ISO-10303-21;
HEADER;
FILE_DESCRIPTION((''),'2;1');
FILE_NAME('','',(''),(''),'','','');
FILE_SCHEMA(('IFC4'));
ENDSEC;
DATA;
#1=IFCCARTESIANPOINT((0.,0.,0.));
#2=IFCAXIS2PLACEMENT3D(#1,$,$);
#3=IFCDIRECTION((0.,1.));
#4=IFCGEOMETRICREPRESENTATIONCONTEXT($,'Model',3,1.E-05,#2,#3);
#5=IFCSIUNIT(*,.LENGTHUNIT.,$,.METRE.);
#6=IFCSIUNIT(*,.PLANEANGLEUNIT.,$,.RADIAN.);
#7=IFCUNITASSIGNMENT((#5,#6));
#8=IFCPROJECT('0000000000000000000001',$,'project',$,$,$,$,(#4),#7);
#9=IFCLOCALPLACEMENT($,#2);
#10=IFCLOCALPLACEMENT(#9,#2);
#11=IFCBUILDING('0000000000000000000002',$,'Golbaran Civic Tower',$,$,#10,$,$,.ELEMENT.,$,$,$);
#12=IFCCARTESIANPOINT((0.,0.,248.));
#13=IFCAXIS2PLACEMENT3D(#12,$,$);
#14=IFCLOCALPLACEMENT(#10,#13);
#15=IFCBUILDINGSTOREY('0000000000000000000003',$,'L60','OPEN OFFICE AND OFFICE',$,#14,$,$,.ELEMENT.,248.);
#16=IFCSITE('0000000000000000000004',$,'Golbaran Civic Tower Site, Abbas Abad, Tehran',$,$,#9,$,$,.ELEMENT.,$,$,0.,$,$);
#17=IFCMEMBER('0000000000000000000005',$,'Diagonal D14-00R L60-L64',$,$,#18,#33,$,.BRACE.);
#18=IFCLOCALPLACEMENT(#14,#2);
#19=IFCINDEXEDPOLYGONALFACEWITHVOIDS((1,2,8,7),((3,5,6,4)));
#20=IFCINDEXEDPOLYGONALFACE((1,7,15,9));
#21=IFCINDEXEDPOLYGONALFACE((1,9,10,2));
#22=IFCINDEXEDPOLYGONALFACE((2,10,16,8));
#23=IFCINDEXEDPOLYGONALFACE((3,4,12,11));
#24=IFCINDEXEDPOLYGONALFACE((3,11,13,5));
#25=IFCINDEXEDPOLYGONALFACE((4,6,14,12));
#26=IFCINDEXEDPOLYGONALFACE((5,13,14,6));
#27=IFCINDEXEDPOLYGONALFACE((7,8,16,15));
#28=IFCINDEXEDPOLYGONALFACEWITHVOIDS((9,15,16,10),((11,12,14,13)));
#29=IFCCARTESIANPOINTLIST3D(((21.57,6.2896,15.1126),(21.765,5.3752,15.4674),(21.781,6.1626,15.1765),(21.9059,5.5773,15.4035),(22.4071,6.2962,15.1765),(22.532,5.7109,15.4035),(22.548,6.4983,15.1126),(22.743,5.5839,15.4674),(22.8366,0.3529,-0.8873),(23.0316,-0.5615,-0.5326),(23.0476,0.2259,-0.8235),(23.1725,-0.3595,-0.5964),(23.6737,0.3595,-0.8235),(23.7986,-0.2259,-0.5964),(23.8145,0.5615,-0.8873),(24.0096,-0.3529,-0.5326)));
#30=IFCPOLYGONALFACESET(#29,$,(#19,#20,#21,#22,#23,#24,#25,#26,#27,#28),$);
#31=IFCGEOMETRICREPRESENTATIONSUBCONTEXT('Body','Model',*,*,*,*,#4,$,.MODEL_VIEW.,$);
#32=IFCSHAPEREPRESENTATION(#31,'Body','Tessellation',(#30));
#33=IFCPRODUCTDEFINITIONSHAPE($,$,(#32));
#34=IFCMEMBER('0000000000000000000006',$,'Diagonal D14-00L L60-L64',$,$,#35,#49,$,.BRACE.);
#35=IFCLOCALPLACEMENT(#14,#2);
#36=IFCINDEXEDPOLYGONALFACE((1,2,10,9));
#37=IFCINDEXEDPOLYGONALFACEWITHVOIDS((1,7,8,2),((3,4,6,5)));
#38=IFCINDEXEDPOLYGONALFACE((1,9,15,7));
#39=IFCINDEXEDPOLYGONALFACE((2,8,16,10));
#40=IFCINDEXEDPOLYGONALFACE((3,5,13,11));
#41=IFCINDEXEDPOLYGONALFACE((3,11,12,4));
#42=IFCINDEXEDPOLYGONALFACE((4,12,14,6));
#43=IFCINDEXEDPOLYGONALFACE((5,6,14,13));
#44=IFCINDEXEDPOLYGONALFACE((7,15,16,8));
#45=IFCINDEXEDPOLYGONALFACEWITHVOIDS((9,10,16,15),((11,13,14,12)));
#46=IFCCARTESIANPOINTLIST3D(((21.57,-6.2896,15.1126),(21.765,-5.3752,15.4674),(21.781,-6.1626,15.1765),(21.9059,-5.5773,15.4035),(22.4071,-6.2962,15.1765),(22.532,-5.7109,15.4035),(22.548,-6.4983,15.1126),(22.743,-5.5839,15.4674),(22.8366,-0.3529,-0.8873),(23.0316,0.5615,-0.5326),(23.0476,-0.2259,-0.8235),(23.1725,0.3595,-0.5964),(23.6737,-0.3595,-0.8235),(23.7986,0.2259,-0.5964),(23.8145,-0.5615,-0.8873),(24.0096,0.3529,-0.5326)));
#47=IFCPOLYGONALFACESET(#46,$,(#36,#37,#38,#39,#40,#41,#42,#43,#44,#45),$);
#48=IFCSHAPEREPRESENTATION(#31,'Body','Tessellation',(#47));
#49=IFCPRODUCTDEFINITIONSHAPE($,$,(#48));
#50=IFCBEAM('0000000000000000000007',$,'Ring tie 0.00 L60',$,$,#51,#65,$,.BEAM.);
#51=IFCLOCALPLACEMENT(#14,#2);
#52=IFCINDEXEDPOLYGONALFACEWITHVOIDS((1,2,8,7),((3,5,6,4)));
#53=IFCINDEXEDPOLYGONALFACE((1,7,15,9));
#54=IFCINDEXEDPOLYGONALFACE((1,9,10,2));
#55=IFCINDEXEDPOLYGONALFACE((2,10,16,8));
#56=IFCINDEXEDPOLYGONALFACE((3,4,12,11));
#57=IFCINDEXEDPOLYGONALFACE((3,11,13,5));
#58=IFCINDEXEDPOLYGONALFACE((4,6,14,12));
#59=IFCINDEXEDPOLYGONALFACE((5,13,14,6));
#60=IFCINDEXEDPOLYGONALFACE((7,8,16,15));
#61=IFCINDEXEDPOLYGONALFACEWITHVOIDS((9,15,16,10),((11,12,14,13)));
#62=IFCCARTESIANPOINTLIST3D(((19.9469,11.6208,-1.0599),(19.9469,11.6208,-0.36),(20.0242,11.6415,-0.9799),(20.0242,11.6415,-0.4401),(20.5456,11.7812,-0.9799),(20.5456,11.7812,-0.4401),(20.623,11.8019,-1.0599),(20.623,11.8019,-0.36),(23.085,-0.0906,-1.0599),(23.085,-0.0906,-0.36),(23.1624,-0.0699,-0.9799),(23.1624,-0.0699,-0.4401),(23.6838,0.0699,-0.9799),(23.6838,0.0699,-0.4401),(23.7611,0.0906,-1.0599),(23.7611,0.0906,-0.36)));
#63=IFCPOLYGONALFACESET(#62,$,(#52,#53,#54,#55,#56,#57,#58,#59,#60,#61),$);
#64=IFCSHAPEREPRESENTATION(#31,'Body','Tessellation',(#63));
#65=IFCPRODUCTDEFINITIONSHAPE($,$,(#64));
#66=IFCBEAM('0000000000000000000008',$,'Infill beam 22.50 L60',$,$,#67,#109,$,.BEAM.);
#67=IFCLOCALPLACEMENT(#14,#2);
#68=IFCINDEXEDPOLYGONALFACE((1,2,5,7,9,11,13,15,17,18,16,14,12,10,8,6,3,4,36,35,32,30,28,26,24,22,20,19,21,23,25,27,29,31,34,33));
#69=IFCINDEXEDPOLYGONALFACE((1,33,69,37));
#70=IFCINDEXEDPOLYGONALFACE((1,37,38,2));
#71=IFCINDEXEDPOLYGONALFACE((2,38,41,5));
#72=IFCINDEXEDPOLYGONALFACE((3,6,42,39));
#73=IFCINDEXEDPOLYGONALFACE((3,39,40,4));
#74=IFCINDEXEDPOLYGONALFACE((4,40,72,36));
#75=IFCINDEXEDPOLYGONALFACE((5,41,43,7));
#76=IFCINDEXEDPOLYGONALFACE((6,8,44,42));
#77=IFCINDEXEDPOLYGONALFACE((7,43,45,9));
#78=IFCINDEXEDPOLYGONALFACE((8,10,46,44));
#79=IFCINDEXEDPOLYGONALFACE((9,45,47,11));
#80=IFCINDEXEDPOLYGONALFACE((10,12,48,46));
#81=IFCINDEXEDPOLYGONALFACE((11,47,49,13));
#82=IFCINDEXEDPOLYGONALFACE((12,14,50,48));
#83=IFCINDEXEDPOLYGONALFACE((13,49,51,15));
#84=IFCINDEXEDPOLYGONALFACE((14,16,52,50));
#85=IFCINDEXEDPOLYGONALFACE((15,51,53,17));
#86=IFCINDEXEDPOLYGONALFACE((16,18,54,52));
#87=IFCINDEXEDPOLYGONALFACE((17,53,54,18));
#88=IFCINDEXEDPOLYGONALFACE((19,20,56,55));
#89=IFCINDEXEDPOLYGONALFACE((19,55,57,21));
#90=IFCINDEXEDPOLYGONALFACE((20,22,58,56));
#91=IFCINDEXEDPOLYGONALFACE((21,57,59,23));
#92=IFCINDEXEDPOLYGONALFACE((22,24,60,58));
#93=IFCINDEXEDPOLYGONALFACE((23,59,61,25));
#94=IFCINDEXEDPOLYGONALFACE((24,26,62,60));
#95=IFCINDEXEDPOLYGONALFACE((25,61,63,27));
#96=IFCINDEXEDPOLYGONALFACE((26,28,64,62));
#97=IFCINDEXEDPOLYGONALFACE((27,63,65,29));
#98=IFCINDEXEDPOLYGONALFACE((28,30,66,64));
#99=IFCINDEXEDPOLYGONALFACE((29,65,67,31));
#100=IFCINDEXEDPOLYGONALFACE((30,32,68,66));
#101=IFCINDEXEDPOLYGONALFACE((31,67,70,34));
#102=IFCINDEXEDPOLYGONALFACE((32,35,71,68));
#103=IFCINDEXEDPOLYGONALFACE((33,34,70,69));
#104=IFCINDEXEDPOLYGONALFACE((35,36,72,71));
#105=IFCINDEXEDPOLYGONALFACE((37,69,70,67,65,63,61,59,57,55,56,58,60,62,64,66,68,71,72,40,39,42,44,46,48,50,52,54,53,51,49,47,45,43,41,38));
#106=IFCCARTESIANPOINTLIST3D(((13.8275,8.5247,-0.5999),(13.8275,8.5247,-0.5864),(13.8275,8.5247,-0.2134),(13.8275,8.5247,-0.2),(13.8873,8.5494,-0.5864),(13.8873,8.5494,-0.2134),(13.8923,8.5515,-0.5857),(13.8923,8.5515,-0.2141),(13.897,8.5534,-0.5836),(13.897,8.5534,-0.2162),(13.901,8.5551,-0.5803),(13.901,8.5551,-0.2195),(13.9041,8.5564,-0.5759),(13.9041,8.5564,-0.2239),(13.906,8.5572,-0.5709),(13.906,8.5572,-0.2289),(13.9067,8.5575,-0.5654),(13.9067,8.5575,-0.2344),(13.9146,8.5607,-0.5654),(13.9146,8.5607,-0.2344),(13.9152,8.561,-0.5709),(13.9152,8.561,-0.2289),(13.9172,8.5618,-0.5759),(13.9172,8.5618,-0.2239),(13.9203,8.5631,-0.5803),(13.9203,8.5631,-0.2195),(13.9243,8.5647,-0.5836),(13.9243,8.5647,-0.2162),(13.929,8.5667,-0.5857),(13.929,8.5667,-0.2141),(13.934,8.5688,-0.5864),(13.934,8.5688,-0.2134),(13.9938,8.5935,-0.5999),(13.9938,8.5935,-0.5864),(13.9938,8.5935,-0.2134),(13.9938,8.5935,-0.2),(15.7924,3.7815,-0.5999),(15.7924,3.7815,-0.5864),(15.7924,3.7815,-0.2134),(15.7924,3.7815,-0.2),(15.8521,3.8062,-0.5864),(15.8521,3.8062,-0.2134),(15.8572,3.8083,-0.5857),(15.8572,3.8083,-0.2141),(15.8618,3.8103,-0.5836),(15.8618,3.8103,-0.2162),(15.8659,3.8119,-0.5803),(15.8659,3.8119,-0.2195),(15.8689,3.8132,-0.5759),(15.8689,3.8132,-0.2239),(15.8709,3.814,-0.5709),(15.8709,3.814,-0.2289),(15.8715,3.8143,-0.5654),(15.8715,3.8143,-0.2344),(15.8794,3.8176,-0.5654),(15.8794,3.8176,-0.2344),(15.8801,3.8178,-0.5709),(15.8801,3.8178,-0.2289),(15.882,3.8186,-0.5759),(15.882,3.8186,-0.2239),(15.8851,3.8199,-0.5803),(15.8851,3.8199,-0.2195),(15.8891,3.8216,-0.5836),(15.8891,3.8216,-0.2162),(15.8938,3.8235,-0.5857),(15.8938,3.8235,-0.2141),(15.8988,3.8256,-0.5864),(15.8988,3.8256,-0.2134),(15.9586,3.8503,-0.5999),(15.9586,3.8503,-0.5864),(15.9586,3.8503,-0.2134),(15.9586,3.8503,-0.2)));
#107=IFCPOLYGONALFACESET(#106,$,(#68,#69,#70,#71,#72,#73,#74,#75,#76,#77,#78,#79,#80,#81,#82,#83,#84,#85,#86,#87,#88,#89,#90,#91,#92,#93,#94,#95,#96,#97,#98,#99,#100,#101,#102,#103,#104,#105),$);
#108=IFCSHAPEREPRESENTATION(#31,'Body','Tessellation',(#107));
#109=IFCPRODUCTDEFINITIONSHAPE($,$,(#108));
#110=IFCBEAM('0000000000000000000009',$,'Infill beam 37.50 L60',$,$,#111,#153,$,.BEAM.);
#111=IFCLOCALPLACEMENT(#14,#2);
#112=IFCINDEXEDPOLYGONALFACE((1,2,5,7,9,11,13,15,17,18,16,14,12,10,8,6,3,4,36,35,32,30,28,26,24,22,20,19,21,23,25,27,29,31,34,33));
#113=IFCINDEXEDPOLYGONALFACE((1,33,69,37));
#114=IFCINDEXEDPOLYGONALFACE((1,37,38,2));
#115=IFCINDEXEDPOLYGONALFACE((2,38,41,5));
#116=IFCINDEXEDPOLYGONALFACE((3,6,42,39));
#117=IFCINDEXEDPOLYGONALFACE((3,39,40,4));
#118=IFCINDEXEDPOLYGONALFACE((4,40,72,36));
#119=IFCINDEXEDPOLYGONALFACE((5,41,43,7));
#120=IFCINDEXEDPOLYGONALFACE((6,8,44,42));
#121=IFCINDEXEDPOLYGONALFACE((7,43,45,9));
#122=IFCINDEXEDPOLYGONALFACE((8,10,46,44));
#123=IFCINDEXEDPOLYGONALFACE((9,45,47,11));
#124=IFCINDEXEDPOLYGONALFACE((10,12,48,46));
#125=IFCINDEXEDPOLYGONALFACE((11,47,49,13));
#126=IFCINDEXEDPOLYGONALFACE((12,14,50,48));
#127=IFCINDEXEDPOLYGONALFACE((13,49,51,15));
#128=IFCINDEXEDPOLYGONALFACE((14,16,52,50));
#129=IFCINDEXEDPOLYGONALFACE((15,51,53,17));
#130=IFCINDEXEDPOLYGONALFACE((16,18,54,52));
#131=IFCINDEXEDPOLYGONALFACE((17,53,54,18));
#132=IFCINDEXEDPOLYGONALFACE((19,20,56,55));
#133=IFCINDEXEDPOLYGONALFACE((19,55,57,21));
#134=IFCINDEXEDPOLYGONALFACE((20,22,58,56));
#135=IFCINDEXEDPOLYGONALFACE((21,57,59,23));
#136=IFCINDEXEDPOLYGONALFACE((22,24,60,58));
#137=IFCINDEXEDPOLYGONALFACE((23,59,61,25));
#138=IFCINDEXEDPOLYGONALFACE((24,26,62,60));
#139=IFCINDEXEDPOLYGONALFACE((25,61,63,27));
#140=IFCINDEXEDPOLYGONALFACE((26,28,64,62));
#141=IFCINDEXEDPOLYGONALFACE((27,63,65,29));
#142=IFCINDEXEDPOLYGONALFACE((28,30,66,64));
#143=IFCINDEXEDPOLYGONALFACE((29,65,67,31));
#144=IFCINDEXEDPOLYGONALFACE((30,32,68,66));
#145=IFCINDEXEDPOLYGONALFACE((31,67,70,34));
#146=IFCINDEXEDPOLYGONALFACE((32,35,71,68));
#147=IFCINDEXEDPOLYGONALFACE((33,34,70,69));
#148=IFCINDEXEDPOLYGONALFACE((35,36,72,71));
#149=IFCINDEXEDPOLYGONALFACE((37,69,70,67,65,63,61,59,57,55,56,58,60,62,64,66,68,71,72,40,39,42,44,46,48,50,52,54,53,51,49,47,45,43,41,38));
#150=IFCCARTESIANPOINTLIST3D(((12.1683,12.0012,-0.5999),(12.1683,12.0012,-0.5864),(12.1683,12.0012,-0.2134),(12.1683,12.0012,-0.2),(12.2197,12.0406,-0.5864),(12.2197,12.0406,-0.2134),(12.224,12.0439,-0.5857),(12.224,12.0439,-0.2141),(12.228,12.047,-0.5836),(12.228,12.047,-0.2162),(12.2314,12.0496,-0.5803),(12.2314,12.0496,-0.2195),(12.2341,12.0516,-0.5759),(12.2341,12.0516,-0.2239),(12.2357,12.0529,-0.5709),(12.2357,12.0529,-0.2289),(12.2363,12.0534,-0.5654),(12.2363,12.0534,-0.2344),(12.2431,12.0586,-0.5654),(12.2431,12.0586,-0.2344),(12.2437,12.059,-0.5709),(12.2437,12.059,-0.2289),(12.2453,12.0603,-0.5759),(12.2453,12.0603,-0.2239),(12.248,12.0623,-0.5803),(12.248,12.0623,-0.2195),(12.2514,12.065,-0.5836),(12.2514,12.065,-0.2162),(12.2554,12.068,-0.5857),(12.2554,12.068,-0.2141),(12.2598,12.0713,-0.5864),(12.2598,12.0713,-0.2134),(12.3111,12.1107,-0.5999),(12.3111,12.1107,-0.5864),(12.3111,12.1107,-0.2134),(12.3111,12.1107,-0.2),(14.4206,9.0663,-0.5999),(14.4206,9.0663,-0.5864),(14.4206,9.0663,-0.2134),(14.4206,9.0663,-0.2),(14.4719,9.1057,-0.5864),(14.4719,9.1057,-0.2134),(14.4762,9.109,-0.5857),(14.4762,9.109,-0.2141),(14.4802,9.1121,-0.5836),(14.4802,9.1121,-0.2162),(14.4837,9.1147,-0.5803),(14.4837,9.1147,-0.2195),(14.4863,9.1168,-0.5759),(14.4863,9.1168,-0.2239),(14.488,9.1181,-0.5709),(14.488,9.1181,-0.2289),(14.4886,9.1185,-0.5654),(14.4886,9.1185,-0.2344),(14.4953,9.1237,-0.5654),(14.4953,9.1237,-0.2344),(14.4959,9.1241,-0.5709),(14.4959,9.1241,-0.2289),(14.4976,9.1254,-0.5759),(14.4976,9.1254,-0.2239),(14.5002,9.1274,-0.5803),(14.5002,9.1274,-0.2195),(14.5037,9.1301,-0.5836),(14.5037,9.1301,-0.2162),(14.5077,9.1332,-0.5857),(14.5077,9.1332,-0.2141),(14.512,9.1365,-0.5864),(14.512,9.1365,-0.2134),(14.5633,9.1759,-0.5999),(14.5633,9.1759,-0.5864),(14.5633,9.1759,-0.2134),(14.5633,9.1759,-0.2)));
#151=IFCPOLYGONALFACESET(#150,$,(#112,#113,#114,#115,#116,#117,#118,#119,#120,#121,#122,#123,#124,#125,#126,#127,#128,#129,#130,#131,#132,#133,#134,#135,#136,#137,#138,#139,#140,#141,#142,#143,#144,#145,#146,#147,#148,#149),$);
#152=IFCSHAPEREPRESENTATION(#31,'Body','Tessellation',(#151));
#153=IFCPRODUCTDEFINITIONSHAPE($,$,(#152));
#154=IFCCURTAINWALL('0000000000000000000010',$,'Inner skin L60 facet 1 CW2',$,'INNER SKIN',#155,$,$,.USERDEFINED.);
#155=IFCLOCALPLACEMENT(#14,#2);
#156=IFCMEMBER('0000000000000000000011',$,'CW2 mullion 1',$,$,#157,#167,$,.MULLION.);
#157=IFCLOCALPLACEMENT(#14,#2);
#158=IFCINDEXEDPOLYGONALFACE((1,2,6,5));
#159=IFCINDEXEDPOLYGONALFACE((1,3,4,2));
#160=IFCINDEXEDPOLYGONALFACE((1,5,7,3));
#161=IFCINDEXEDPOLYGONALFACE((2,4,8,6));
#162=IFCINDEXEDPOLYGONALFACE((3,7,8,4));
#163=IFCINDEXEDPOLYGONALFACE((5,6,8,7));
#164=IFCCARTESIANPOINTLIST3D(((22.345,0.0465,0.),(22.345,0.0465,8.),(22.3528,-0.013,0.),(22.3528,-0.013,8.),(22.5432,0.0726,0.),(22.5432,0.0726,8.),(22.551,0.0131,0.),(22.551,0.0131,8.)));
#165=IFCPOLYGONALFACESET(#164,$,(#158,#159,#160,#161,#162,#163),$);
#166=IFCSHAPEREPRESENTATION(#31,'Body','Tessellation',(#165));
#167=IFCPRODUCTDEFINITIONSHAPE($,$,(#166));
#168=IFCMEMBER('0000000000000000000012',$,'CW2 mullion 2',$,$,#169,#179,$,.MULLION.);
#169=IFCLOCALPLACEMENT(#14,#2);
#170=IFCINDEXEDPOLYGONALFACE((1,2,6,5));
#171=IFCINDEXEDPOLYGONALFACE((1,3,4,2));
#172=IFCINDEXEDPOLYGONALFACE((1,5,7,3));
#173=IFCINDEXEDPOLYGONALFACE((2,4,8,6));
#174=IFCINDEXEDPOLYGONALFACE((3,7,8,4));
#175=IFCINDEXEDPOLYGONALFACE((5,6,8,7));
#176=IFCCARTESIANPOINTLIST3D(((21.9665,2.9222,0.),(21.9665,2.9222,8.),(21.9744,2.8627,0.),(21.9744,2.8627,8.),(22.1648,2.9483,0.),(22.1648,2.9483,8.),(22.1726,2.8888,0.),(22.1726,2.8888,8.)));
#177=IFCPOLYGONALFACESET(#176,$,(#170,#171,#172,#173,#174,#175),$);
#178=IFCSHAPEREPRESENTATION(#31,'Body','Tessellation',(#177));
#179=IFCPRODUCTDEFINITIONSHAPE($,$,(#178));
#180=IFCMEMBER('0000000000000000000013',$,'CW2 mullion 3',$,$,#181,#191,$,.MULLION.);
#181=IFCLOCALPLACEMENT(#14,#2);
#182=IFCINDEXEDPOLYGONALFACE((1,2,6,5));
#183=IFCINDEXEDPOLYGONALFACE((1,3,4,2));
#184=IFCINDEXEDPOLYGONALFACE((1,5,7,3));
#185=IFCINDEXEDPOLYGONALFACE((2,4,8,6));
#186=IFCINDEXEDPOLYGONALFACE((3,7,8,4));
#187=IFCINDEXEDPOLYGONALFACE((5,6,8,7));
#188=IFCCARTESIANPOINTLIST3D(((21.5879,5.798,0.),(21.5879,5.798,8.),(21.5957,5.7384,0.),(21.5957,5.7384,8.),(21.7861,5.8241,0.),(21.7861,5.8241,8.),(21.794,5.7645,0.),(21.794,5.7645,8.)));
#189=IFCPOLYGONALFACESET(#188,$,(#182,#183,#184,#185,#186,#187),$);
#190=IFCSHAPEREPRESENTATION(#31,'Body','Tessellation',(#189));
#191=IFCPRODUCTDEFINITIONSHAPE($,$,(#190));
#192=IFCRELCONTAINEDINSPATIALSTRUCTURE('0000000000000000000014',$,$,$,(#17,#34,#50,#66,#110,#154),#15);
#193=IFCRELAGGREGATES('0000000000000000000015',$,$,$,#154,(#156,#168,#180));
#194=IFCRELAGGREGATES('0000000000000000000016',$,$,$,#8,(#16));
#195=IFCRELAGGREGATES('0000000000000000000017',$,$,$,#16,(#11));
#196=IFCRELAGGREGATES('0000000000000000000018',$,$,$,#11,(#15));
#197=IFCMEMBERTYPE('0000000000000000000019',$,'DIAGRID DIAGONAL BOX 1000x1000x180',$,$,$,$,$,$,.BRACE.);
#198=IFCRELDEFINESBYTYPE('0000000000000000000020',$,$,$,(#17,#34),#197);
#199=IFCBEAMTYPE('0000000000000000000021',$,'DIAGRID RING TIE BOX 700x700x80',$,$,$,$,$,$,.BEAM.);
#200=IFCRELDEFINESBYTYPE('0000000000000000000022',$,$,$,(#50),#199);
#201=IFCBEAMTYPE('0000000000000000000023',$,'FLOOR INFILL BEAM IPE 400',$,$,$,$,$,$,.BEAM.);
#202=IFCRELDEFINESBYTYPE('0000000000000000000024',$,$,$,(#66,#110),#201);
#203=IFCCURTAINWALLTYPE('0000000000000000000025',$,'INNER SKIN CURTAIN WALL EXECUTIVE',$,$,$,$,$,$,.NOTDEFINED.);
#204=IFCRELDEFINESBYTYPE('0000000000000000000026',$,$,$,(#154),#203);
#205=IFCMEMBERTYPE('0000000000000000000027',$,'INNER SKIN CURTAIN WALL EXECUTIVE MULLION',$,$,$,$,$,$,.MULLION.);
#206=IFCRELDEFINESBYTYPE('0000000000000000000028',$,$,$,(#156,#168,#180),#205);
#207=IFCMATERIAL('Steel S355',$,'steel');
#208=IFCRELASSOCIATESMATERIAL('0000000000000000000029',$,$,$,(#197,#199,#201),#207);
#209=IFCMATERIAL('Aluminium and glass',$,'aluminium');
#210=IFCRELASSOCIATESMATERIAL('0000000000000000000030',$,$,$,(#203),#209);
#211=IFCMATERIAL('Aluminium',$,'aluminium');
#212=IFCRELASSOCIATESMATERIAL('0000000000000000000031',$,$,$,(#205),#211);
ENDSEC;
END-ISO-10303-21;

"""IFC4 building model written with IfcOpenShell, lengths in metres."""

from ifc_helpers import new_model, si_unit, direction, frame, origin, origin_2d, place, context, subcontext, project, spatial, rectangle, hollow_rectangle, i_section, extrude, material, material_profile, profile_set, type_object, element, aggregate, save


model = new_model("IFC4")

# Units and contexts
model_context = context("Model", 3, precision=1e-05, world=origin(), true_north=direction((0.0, 1.0)))
body_context = subcontext(model_context, "Body", "Model", "MODEL_VIEW")
ifc_project = project(units=[si_unit("LENGTHUNIT", "METRE"), si_unit("PLANEANGLEUNIT", "RADIAN")], contexts=[model_context])

# Site, building, storey
site_placement = place(None, origin())
site = spatial("IfcSite", under=ifc_project, at=site_placement, Name="Golbaran Civic Tower Site, Abbas Abad, Tehran", CompositionType="ELEMENT", RefElevation=0.0)
building_placement = place(site_placement, origin())
building = spatial("IfcBuilding", under=site, at=building_placement, Name="Golbaran Civic Tower", CompositionType="ELEMENT")
storey_placement = place(building_placement, frame((0.0, 0.0, 248.0)))
storey = spatial("IfcBuildingStorey", under=building, at=storey_placement, Name="L60", Description="OPEN OFFICE AND OFFICE", CompositionType="ELEMENT", Elevation=248.0)

# Members
ifc_material_1 = material(Name="Steel S355", Category="steel")
ifc_material_profile_1 = material_profile(ifc_material_1, hollow_rectangle(XDim=1.0, YDim=1.0, WallThickness=0.1799, at=origin_2d()), Name="BOX 1000x1000x180")
ifc_profile_set_1 = profile_set([ifc_material_profile_1], Name="Steel S355")
member_type_1 = type_object("IfcMemberType", Name="DIAGRID DIAGONAL BOX 1000x1000x180", PredefinedType="BRACE", material=ifc_profile_set_1)
for number, where, z_axis, x_axis, name in (
    (1, (23.4231, 0.0, -0.71), (-0.074015, 0.346919, 0.93497), (-0.97799, -0.208653, 0.0), "Diagonal D14-00R L60-L64"),
    (2, (23.4231, 0.0, -0.71), (-0.074015, -0.346919, 0.93497), (0.97799, -0.208653, 0.0), "Diagonal D14-00L L60-L64"),
):
    element("IfcMember", number, at=place(storey_placement, frame(where, z_axis=z_axis, x_axis=x_axis)), inside=storey, type_object=member_type_1, Name=name, PredefinedType="BRACE", context=body_context, shape_type="SweptSolid", body=[
        extrude(hollow_rectangle(XDim=1.0, YDim=1.0, WallThickness=0.1799, at=origin_2d()), origin(), (0.0, 0.0, 1.0), 17.1128),
    ])

# Beams
ifc_material_profile_2 = material_profile(ifc_material_1, hollow_rectangle(XDim=0.7, YDim=0.7, WallThickness=0.0801, at=origin_2d()), Name="BOX 700x700x80")
ifc_profile_set_2 = profile_set([ifc_material_profile_2], Name="Steel S355")
beam_type_1 = type_object("IfcBeamType", Name="DIAGRID RING TIE BOX 700x700x80", PredefinedType="BEAM", material=ifc_profile_set_2)
beam_1_placement = place(storey_placement, frame((23.4231, 0.0, -0.71), z_axis=(-0.258828, 0.965923, 0.0), x_axis=(-0.965923, -0.258828, 0.0)))
element("IfcBeam", 3, at=beam_1_placement, inside=storey, type_object=beam_type_1, Name="Ring tie 0.00 L60", PredefinedType="BEAM", context=body_context, shape_type="SweptSolid", body=[
    extrude(hollow_rectangle(XDim=0.7, YDim=0.7, WallThickness=0.0801, at=origin_2d()), origin(), (0.0, 0.0, 1.0), 12.1245),
])
ifc_material_profile_3 = material_profile(ifc_material_1, i_section(OverallWidth=0.1799, OverallDepth=0.3999, WebThickness=0.0085, FlangeThickness=0.0134, FilletRadius=0.021, at=origin_2d()), Name="IPE 400")
ifc_profile_set_3 = profile_set([ifc_material_profile_3], Name="Steel S355")
beam_type_2 = type_object("IfcBeamType", Name="FLOOR INFILL BEAM IPE 400", PredefinedType="BEAM", material=ifc_profile_set_3)
beam_2_placement = place(storey_placement, frame((15.8755, 3.8159, -0.3999), z_axis=(-0.38271, 0.923868, 0.0), x_axis=(-0.923868, -0.38271, 0.0)))
element("IfcBeam", 4, at=beam_2_placement, inside=storey, type_object=beam_type_2, Name="Infill beam 22.50 L60", PredefinedType="BEAM", context=body_context, shape_type="SweptSolid", body=[
    extrude(i_section(OverallWidth=0.1799, OverallDepth=0.3999, WebThickness=0.0085, FlangeThickness=0.0134, FilletRadius=0.021, at=origin_2d()), origin(), (0.0, 0.0, 1.0), 5.134),
])
beam_3_placement = place(storey_placement, frame((14.4919, 9.1211, -0.3999), z_axis=(-0.608801, 0.793323, 0.0), x_axis=(-0.793323, -0.608801, 0.0)))
element("IfcBeam", 5, at=beam_3_placement, inside=storey, type_object=beam_type_2, Name="Infill beam 37.50 L60", PredefinedType="BEAM", context=body_context, shape_type="SweptSolid", body=[
    extrude(i_section(OverallWidth=0.1799, OverallDepth=0.3999, WebThickness=0.0085, FlangeThickness=0.0134, FilletRadius=0.021, at=origin_2d()), origin(), (0.0, 0.0, 1.0), 3.6995),
])

# Curtain wall, members
ifc_material_2 = material(Name="Aluminium and glass", Category="aluminium")
curtain_wall_type_1 = type_object("IfcCurtainWallType", Name="INNER SKIN CURTAIN WALL EXECUTIVE", PredefinedType="NOTDEFINED", material=ifc_material_2)
curtain_wall_1_placement = place(storey_placement, origin())
curtain_wall_1 = element("IfcCurtainWall", 6, at=curtain_wall_1_placement, inside=storey, type_object=curtain_wall_type_1, Name="Inner skin L60 facet 1 CW2", ObjectType="INNER SKIN", PredefinedType="USERDEFINED")
ifc_material_3 = material(Name="Aluminium", Category="aluminium")
ifc_material_profile_4 = material_profile(ifc_material_3, rectangle(XDim=0.2, YDim=0.0601, at=origin_2d()), Name="INNER SKIN CURTAIN WALL EXECUTIVE MULLION")
ifc_profile_set_4 = profile_set([ifc_material_profile_4], Name="Aluminium")
member_type_2 = type_object("IfcMemberType", Name="INNER SKIN CURTAIN WALL EXECUTIVE MULLION", PredefinedType="MULLION", material=ifc_profile_set_4)
member_1_placement = place(storey_placement, frame((22.448, 0.0298, 0.0), z_axis=(0.0, 0.0, 1.0), x_axis=(-0.991445, -0.130526, 0.0)))
member_1 = element("IfcMember", 7, at=member_1_placement, type_object=member_type_2, Name="CW2 mullion 1", PredefinedType="MULLION", context=body_context, shape_type="SweptSolid", body=[
    extrude(rectangle(XDim=0.2, YDim=0.0601, at=origin_2d()), origin(), (0.0, 0.0, 1.0), 8.0),
])
member_2_placement = place(storey_placement, frame((22.0696, 2.9055, 0.0), z_axis=(0.0, 0.0, 1.0), x_axis=(-0.991445, -0.130526, 0.0)))
member_2 = element("IfcMember", 8, at=member_2_placement, type_object=member_type_2, Name="CW2 mullion 2", PredefinedType="MULLION", context=body_context, shape_type="SweptSolid", body=[
    extrude(rectangle(XDim=0.2, YDim=0.0601, at=origin_2d()), origin(), (0.0, 0.0, 1.0), 8.0),
])
member_3_placement = place(storey_placement, frame((21.6909, 5.7812, 0.0), z_axis=(0.0, 0.0, 1.0), x_axis=(-0.991445, -0.130526, 0.0)))
member_3 = element("IfcMember", 9, at=member_3_placement, type_object=member_type_2, Name="CW2 mullion 3", PredefinedType="MULLION", context=body_context, shape_type="SweptSolid", body=[
    extrude(rectangle(XDim=0.2, YDim=0.0601, at=origin_2d()), origin(), (0.0, 0.0, 1.0), 8.0),
])

aggregate(curtain_wall_1, [member_1, member_2, member_3])

save(model, "model.ifc")
